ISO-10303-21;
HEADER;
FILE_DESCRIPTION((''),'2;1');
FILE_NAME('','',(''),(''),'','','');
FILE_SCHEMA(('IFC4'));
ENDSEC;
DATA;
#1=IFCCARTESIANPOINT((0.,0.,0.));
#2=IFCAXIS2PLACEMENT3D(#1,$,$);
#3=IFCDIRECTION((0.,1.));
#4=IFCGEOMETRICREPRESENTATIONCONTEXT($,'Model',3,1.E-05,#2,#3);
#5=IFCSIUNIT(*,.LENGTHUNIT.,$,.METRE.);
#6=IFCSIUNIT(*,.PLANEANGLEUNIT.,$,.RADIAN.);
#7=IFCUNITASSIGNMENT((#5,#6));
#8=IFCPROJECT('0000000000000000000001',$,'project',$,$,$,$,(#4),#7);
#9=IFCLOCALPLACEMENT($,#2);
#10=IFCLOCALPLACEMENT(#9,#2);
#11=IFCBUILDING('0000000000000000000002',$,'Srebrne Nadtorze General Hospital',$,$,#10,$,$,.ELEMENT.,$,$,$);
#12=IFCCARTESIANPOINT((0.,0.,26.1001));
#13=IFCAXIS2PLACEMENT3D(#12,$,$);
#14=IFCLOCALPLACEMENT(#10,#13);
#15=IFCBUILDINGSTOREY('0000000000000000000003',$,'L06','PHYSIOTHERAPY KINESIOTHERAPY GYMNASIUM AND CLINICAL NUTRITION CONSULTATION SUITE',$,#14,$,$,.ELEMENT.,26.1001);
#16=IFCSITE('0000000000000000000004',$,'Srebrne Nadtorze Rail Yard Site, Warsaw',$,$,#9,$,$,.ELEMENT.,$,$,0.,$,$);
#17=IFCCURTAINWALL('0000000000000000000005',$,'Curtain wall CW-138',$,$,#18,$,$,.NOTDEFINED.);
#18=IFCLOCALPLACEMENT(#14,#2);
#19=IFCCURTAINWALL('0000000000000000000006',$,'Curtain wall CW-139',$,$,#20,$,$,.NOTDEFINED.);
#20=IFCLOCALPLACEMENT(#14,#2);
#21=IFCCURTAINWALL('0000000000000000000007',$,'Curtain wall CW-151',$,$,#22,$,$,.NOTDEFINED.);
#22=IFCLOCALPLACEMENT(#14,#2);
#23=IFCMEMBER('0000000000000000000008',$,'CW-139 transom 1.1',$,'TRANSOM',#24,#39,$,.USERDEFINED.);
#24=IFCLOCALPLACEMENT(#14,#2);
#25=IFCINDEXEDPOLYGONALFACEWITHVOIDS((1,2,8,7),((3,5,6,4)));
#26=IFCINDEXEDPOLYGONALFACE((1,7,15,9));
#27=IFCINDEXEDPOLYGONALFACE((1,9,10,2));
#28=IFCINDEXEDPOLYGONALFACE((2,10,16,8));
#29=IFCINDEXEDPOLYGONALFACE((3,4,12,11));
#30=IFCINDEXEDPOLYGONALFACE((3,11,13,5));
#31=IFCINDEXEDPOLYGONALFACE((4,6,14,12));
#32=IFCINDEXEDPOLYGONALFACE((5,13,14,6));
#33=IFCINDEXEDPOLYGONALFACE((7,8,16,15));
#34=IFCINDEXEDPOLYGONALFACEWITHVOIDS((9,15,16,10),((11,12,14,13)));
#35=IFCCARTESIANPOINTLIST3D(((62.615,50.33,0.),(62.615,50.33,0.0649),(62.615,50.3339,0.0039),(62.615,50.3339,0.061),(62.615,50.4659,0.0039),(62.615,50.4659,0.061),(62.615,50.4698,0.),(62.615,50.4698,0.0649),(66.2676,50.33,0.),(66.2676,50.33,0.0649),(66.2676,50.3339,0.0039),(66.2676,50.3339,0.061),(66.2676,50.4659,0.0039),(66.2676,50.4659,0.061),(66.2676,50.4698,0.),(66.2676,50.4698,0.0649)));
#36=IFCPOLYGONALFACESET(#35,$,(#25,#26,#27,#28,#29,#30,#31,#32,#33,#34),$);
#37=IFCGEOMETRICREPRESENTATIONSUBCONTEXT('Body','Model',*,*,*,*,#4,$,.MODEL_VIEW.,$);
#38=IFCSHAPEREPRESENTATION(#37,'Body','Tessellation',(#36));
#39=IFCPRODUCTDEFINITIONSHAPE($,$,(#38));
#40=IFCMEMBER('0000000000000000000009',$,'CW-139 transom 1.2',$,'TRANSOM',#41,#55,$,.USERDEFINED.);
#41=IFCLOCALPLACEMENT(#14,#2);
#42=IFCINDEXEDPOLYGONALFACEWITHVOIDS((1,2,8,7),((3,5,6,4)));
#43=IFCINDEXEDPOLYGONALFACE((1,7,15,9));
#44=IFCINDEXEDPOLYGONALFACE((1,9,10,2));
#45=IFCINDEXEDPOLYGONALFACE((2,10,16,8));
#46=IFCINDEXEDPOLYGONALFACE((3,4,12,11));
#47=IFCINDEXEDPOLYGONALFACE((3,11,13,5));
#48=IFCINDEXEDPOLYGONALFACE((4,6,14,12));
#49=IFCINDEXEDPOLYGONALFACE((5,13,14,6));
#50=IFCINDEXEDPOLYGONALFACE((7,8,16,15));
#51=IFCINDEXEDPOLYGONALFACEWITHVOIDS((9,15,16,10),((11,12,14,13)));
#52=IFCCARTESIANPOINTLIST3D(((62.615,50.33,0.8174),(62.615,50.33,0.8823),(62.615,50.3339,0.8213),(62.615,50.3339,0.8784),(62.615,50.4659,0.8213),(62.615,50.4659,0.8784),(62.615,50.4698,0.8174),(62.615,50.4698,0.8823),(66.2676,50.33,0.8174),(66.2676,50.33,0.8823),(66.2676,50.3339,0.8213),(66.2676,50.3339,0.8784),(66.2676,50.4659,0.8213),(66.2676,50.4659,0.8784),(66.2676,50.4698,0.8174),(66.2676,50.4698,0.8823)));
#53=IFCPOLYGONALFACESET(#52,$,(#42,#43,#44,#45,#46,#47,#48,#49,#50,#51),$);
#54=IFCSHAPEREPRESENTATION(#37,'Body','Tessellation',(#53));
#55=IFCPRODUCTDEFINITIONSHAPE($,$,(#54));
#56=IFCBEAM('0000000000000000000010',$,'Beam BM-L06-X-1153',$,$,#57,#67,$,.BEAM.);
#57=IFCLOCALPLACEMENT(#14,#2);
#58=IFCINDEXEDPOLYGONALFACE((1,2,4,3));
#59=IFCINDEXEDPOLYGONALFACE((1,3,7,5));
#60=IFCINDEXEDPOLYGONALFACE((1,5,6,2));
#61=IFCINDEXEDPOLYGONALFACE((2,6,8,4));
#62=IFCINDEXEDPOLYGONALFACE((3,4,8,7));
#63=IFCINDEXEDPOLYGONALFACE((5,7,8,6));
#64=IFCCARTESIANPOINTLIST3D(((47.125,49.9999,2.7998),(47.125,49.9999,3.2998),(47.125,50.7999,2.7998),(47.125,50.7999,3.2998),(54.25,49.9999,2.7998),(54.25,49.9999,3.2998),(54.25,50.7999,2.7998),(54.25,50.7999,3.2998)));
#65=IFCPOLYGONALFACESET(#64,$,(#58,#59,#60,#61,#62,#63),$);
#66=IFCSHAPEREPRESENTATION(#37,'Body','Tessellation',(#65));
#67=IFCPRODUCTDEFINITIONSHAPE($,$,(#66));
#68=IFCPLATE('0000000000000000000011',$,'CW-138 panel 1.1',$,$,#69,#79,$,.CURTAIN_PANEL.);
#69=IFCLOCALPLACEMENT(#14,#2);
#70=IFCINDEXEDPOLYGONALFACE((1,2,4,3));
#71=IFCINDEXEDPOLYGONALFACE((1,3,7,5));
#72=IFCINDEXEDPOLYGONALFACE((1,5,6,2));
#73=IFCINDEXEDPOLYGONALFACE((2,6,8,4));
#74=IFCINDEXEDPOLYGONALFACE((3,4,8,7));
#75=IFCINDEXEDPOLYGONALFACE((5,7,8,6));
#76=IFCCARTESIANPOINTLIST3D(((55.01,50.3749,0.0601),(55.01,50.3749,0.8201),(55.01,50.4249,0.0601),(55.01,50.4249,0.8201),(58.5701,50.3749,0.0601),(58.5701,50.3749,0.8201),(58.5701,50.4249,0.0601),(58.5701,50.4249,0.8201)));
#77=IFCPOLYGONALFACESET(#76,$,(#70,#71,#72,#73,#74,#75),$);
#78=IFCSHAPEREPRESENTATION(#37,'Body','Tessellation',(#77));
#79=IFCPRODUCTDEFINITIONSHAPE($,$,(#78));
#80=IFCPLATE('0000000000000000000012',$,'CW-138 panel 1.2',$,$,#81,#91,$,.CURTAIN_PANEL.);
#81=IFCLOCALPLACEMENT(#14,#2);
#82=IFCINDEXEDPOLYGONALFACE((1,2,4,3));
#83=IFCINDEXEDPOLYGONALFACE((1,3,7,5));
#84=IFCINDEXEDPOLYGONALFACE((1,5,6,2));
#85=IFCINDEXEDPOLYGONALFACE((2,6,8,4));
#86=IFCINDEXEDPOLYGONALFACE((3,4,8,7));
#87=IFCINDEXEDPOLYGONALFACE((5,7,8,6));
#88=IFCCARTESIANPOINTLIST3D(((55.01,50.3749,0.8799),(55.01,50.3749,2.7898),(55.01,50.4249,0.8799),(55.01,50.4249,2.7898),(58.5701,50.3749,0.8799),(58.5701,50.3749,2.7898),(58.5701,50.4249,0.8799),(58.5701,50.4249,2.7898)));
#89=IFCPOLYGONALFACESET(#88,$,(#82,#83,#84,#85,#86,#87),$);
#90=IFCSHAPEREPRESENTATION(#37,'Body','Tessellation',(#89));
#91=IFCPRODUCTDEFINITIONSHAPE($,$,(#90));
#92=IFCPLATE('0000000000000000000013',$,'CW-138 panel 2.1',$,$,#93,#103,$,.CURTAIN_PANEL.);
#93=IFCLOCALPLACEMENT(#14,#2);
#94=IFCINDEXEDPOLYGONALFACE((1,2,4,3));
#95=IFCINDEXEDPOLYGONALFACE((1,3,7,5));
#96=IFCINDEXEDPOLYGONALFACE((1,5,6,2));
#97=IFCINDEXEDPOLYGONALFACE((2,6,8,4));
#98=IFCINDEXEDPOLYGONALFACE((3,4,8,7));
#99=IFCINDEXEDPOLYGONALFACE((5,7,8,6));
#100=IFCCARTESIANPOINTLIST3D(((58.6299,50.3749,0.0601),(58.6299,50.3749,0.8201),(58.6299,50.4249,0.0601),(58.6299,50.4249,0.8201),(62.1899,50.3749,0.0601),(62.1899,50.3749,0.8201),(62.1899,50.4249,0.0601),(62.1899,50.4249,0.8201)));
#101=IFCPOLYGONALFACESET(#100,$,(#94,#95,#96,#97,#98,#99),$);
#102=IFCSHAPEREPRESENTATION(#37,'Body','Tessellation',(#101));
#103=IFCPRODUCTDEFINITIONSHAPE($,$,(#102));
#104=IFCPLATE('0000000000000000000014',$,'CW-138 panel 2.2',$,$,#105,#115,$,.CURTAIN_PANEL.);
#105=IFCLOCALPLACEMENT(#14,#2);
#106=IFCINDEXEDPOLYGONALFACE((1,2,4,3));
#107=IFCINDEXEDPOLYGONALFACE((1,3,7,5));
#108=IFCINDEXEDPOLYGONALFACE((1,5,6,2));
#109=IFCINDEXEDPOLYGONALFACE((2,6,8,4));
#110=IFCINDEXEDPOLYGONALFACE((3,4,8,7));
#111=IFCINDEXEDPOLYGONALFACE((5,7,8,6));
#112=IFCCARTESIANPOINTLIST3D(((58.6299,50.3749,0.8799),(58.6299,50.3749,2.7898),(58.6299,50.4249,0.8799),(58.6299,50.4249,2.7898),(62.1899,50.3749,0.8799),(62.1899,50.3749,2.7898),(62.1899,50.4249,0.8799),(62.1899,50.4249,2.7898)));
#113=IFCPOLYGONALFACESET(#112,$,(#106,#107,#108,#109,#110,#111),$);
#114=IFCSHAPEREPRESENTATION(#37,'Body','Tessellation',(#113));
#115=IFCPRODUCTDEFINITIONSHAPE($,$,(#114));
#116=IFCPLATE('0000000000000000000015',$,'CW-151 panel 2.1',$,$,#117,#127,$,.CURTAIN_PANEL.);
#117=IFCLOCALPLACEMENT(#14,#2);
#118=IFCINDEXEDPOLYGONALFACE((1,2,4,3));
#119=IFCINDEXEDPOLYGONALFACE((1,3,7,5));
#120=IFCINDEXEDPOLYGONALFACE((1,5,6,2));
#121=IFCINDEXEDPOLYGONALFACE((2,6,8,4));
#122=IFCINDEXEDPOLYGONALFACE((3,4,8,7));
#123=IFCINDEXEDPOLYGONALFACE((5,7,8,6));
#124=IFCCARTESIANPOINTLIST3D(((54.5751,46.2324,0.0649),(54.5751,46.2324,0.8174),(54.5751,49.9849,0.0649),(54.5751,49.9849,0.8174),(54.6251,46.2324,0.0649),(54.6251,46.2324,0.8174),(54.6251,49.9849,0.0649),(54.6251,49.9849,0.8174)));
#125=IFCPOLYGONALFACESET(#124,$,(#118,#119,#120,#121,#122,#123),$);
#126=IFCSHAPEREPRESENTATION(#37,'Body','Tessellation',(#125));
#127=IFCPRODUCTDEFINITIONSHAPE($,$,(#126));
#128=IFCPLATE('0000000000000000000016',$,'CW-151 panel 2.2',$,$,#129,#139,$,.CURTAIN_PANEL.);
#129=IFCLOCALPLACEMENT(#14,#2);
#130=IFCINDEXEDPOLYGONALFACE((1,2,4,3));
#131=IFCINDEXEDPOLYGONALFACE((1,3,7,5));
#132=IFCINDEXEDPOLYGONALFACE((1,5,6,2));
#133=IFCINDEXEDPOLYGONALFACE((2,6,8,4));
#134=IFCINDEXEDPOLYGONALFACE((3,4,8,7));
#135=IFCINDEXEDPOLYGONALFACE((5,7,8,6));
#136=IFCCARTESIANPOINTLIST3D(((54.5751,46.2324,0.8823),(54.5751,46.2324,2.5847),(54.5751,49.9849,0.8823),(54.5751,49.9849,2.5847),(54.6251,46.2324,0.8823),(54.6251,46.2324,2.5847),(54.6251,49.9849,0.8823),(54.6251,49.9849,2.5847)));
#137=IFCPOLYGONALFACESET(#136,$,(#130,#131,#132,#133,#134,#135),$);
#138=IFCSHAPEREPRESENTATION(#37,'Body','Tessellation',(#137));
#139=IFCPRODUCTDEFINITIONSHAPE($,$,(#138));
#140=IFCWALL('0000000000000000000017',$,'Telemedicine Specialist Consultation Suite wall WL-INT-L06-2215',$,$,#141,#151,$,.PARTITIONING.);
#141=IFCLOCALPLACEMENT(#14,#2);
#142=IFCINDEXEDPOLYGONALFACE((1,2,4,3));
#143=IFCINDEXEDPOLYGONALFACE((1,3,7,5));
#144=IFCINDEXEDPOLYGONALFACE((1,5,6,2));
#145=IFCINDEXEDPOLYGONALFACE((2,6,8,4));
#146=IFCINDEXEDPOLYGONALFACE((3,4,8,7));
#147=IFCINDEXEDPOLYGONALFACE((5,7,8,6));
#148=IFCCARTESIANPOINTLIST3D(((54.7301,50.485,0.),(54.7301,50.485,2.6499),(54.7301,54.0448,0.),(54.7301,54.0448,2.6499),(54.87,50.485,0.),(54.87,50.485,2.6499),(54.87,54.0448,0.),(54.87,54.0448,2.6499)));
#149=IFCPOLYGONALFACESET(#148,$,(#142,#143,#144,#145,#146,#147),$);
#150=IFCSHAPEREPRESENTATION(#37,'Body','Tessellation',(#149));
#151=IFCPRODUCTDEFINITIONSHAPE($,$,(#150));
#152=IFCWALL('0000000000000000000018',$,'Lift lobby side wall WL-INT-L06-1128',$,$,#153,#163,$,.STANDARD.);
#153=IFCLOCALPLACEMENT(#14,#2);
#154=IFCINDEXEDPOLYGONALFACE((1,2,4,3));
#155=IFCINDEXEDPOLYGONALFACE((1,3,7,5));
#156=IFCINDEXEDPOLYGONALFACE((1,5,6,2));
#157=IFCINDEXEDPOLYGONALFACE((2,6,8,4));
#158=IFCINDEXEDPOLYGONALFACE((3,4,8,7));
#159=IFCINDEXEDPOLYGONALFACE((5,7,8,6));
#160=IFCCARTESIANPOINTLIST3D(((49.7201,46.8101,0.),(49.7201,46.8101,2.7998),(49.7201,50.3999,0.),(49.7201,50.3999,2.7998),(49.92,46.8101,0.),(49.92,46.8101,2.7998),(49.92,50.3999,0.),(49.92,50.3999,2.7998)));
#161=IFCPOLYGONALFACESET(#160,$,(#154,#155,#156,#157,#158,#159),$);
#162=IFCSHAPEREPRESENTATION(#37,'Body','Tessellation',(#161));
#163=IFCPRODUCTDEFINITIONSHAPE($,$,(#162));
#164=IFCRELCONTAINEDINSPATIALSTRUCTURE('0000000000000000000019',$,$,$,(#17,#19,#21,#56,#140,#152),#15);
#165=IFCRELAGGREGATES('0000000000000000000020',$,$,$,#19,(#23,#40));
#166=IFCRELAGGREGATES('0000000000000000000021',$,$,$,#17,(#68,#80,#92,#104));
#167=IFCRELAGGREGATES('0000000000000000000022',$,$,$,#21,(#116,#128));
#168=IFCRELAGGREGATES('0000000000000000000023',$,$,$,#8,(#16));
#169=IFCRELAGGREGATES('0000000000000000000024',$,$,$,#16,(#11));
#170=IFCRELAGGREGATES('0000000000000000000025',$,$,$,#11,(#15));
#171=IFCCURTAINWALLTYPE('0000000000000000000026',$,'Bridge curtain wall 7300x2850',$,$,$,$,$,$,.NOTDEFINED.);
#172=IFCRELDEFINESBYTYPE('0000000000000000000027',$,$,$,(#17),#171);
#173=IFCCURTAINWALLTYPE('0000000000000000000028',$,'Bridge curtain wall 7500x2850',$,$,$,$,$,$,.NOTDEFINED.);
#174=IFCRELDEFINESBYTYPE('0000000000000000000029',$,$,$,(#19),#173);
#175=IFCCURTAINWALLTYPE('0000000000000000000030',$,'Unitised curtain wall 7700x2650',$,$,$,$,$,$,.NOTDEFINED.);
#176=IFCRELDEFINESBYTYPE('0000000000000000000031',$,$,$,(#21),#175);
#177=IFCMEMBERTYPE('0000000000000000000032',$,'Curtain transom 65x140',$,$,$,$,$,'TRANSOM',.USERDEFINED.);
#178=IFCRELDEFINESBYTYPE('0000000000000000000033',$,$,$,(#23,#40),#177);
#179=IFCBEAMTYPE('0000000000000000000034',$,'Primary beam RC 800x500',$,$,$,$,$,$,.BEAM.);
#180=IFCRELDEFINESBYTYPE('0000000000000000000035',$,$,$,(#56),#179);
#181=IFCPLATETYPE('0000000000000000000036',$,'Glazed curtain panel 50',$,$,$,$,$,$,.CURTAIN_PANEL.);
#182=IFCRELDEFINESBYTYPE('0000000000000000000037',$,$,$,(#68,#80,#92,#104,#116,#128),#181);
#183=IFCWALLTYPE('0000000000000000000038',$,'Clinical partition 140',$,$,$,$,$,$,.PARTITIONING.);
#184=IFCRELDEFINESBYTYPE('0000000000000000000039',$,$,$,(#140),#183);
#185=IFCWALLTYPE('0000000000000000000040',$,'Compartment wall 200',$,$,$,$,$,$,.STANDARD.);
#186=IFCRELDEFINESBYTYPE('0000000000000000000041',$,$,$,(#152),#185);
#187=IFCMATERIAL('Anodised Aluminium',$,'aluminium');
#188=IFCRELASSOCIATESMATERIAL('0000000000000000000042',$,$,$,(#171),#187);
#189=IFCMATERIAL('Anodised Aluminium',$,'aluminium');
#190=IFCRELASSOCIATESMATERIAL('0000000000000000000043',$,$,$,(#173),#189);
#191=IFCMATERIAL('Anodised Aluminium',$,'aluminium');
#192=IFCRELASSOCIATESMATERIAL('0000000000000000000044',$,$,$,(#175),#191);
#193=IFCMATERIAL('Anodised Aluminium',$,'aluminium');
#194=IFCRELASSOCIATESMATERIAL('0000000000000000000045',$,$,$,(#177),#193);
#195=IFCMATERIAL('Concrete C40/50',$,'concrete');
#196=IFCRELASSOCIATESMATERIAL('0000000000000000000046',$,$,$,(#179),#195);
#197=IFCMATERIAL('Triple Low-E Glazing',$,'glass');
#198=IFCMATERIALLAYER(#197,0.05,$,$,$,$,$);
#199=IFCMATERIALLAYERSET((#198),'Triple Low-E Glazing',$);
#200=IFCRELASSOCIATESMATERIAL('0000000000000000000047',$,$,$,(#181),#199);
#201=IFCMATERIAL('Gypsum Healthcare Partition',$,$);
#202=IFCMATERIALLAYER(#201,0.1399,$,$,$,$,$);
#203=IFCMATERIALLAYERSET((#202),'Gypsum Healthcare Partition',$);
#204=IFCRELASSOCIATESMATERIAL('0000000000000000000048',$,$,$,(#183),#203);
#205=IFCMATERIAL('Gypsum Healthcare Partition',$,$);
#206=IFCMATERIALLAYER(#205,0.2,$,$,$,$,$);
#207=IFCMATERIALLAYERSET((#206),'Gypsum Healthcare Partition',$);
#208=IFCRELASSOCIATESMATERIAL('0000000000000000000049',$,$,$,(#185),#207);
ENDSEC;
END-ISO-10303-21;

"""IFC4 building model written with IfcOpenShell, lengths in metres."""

from ifc_helpers import new_model, si_unit, direction, frame, frame_2d, origin, origin_2d, place, context, subcontext, project, spatial, rectangle, hollow_rectangle, extrude, material, layer, layer_set, material_profile, profile_set, type_object, element, aggregate, save


model = new_model("IFC4")

# Units and contexts
model_context = context("Model", 3, precision=1e-05, world=origin(), true_north=direction((0.0, 1.0)))
body_context = subcontext(model_context, "Body", "Model", "MODEL_VIEW")
ifc_project = project(units=[si_unit("LENGTHUNIT", "METRE"), si_unit("PLANEANGLEUNIT", "RADIAN")], contexts=[model_context])

# Site, building, storey
site_placement = place(None, origin())
site = spatial("IfcSite", under=ifc_project, at=site_placement, Name="Srebrne Nadtorze Rail Yard Site, Warsaw", CompositionType="ELEMENT", RefElevation=0.0)
building_placement = place(site_placement, origin())
building = spatial("IfcBuilding", under=site, at=building_placement, Name="Srebrne Nadtorze General Hospital", CompositionType="ELEMENT")
storey_placement = place(building_placement, frame((0.0, 0.0, 26.1001)))
storey = spatial("IfcBuildingStorey", under=building, at=storey_placement, Name="L06", Description="PHYSIOTHERAPY KINESIOTHERAPY GYMNASIUM AND CLINICAL NUTRITION CONSULTATION SUITE", CompositionType="ELEMENT", Elevation=26.1001)

# Curtain wall
ifc_material_1 = material(Name="Anodised Aluminium", Category="aluminium")
curtain_wall_type_1 = type_object("IfcCurtainWallType", Name="Bridge curtain wall 7300x2850", PredefinedType="NOTDEFINED", material=ifc_material_1)
curtain_wall_1_placement = place(storey_placement, origin())
curtain_wall_1 = element("IfcCurtainWall", 1, at=curtain_wall_1_placement, inside=storey, type_object=curtain_wall_type_1, Name="Curtain wall CW-138", PredefinedType="NOTDEFINED")

# Curtain walls
ifc_material_2 = material(Name="Anodised Aluminium", Category="aluminium")
curtain_wall_type_2 = type_object("IfcCurtainWallType", Name="Bridge curtain wall 7500x2850", PredefinedType="NOTDEFINED", material=ifc_material_2)
curtain_wall_2_placement = place(storey_placement, origin())
curtain_wall_2 = element("IfcCurtainWall", 2, at=curtain_wall_2_placement, inside=storey, type_object=curtain_wall_type_2, Name="Curtain wall CW-139", PredefinedType="NOTDEFINED")
ifc_material_3 = material(Name="Anodised Aluminium", Category="aluminium")
curtain_wall_type_3 = type_object("IfcCurtainWallType", Name="Unitised curtain wall 7700x2650", PredefinedType="NOTDEFINED", material=ifc_material_3)
curtain_wall_3_placement = place(storey_placement, origin())
curtain_wall_3 = element("IfcCurtainWall", 3, at=curtain_wall_3_placement, inside=storey, type_object=curtain_wall_type_3, Name="Curtain wall CW-151", PredefinedType="NOTDEFINED")

# Members
ifc_material_4 = material(Name="Anodised Aluminium", Category="aluminium")
ifc_material_profile_1 = material_profile(ifc_material_4, hollow_rectangle(XDim=0.0649, YDim=0.1399, WallThickness=0.0039, at=origin_2d()), Name="AL-TRN-65x140")
ifc_profile_set_1 = profile_set([ifc_material_profile_1], Name="Anodised Aluminium")
member_type_1 = type_object("IfcMemberType", Name="Curtain transom 65x140", ElementType="TRANSOM", PredefinedType="USERDEFINED", material=ifc_profile_set_1)
member_1_placement = place(storey_placement, frame((62.615, 50.3999, 0.0325), z_axis=(1.0, 0.0, 0.0), x_axis=(0.0, 0.0, 1.0)))
member_1 = element("IfcMember", 4, at=member_1_placement, type_object=member_type_1, Name="CW-139 transom 1.1", ObjectType="TRANSOM", PredefinedType="USERDEFINED", context=body_context, shape_type="SweptSolid", body=[
    extrude(hollow_rectangle(XDim=0.0649, YDim=0.1399, WallThickness=0.0039, at=origin_2d()), origin(), (0.0, 0.0, 1.0), 3.6526),
])
member_2_placement = place(storey_placement, frame((62.615, 50.3999, 0.8499), z_axis=(1.0, 0.0, 0.0), x_axis=(0.0, 0.0, 1.0)))
member_2 = element("IfcMember", 5, at=member_2_placement, type_object=member_type_1, Name="CW-139 transom 1.2", ObjectType="TRANSOM", PredefinedType="USERDEFINED", context=body_context, shape_type="SweptSolid", body=[
    extrude(hollow_rectangle(XDim=0.0649, YDim=0.1399, WallThickness=0.0039, at=origin_2d()), origin(), (0.0, 0.0, 1.0), 3.6526),
])
aggregate(curtain_wall_2, [member_1, member_2])

# Beam
ifc_material_5 = material(Name="Concrete C40/50", Category="concrete")
ifc_material_profile_2 = material_profile(ifc_material_5, rectangle(XDim=0.8, YDim=0.5, at=origin_2d()), Name="RC-BM-800x500")
ifc_profile_set_2 = profile_set([ifc_material_profile_2], Name="Concrete C40/50")
beam_type_1 = type_object("IfcBeamType", Name="Primary beam RC 800x500", PredefinedType="BEAM", material=ifc_profile_set_2)
beam_1_placement = place(storey_placement, frame((47.125, 50.3999, 3.0498), z_axis=(1.0, 0.0, 0.0), x_axis=(0.0, 1.0, 0.0)))
element("IfcBeam", 6, at=beam_1_placement, inside=storey, type_object=beam_type_1, Name="Beam BM-L06-X-1153", PredefinedType="BEAM", context=body_context, shape_type="SweptSolid", body=[
    extrude(rectangle(XDim=0.8, YDim=0.5, at=origin_2d()), origin(), (0.0, 0.0, 1.0), 7.125),
])

# Plates
ifc_material_6 = material(Name="Triple Low-E Glazing", Category="glass")
ifc_layer_1 = layer(ifc_material_6, 0.05)
ifc_layer_set_1 = layer_set([ifc_layer_1], Name="Triple Low-E Glazing")
plate_type = type_object("IfcPlateType", Name="Glazed curtain panel 50", PredefinedType="CURTAIN_PANEL", material=ifc_layer_set_1)
plate_1_placement = place(storey_placement, frame((56.79, 50.3999, 0.0601), z_axis=(0.0, 0.0, 1.0), x_axis=(1.0, 0.0, 0.0)))
plate_1 = element("IfcPlate", 7, at=plate_1_placement, type_object=plate_type, Name="CW-138 panel 1.1", PredefinedType="CURTAIN_PANEL", context=body_context, shape_type="SweptSolid", body=[
    extrude(rectangle(XDim=3.5601, YDim=0.05, at=origin_2d()), origin(), (0.0, 0.0, 1.0), 0.76),
])
plate_2_placement = place(storey_placement, frame((56.79, 50.3999, 0.8799), z_axis=(0.0, 0.0, 1.0), x_axis=(1.0, 0.0, 0.0)))
plate_2 = element("IfcPlate", 8, at=plate_2_placement, type_object=plate_type, Name="CW-138 panel 1.2", PredefinedType="CURTAIN_PANEL", context=body_context, shape_type="SweptSolid", body=[
    extrude(rectangle(XDim=3.5601, YDim=0.05, at=origin_2d()), origin(), (0.0, 0.0, 1.0), 1.9099),
])
plate_3_placement = place(storey_placement, frame((60.4099, 50.3999, 0.0601), z_axis=(0.0, 0.0, 1.0), x_axis=(1.0, 0.0, 0.0)))
plate_3 = element("IfcPlate", 9, at=plate_3_placement, type_object=plate_type, Name="CW-138 panel 2.1", PredefinedType="CURTAIN_PANEL", context=body_context, shape_type="SweptSolid", body=[
    extrude(rectangle(XDim=3.5601, YDim=0.05, at=origin_2d()), origin(), (0.0, 0.0, 1.0), 0.76),
])
plate_4_placement = place(storey_placement, frame((60.4099, 50.3999, 0.8799), z_axis=(0.0, 0.0, 1.0), x_axis=(1.0, 0.0, 0.0)))
plate_4 = element("IfcPlate", 10, at=plate_4_placement, type_object=plate_type, Name="CW-138 panel 2.2", PredefinedType="CURTAIN_PANEL", context=body_context, shape_type="SweptSolid", body=[
    extrude(rectangle(XDim=3.5601, YDim=0.05, at=origin_2d()), origin(), (0.0, 0.0, 1.0), 1.9099),
])
aggregate(curtain_wall_1, [plate_1, plate_2, plate_3, plate_4])
plate_5_placement = place(storey_placement, frame((54.6001, 48.1086, 0.0649), z_axis=(0.0, 0.0, 1.0), x_axis=(0.0, 1.0, 0.0)))
plate_5 = element("IfcPlate", 11, at=plate_5_placement, type_object=plate_type, Name="CW-151 panel 2.1", PredefinedType="CURTAIN_PANEL", context=body_context, shape_type="SweptSolid", body=[
    extrude(rectangle(XDim=3.7524, YDim=0.05, at=origin_2d()), origin(), (0.0, 0.0, 1.0), 0.7524),
])
plate_6_placement = place(storey_placement, frame((54.6001, 48.1086, 0.8823), z_axis=(0.0, 0.0, 1.0), x_axis=(0.0, 1.0, 0.0)))
plate_6 = element("IfcPlate", 12, at=plate_6_placement, type_object=plate_type, Name="CW-151 panel 2.2", PredefinedType="CURTAIN_PANEL", context=body_context, shape_type="SweptSolid", body=[
    extrude(rectangle(XDim=3.7524, YDim=0.05, at=origin_2d()), origin(), (0.0, 0.0, 1.0), 1.7024),
])
aggregate(curtain_wall_3, [plate_5, plate_6])

# Walls
ifc_material_7 = material(Name="Gypsum Healthcare Partition")
ifc_layer_2 = layer(ifc_material_7, 0.1399)
ifc_layer_set_2 = layer_set([ifc_layer_2], Name="Gypsum Healthcare Partition")
wall_type_1 = type_object("IfcWallType", Name="Clinical partition 140", PredefinedType="PARTITIONING", material=ifc_layer_set_2)
wall_1_placement = place(storey_placement, frame((54.8, 50.4851, 0.0), z_axis=(0.0, 0.0, 1.0), x_axis=(0.0, 1.0, 0.0)))
element("IfcWall", 13, at=wall_1_placement, inside=storey, type_object=wall_type_1, Name="Telemedicine Specialist Consultation Suite wall WL-INT-L06-2215", PredefinedType="PARTITIONING", context=body_context, shape_type="SweptSolid", body=[
    extrude(rectangle(XDim=3.5598, YDim=0.1399, at=frame_2d((1.7798, 0.0))), origin(), (0.0, 0.0, 1.0), 2.6499),
])
ifc_material_8 = material(Name="Gypsum Healthcare Partition")
ifc_layer_3 = layer(ifc_material_8, 0.2)
ifc_layer_set_3 = layer_set([ifc_layer_3], Name="Gypsum Healthcare Partition")
wall_type_2 = type_object("IfcWallType", Name="Compartment wall 200", PredefinedType="STANDARD", material=ifc_layer_set_3)
wall_2_placement = place(storey_placement, frame((49.8201, 46.8101, 0.0), z_axis=(0.0, 0.0, 1.0), x_axis=(0.0, 1.0, 0.0)))
element("IfcWall", 14, at=wall_2_placement, inside=storey, type_object=wall_type_2, Name="Lift lobby side wall WL-INT-L06-1128", PredefinedType="STANDARD", context=body_context, shape_type="SweptSolid", body=[
    extrude(rectangle(XDim=3.5898, YDim=0.2, at=frame_2d((1.7949, 0.0))), origin(), (0.0, 0.0, 1.0), 2.7998),
])

save(model, "model.ifc")
